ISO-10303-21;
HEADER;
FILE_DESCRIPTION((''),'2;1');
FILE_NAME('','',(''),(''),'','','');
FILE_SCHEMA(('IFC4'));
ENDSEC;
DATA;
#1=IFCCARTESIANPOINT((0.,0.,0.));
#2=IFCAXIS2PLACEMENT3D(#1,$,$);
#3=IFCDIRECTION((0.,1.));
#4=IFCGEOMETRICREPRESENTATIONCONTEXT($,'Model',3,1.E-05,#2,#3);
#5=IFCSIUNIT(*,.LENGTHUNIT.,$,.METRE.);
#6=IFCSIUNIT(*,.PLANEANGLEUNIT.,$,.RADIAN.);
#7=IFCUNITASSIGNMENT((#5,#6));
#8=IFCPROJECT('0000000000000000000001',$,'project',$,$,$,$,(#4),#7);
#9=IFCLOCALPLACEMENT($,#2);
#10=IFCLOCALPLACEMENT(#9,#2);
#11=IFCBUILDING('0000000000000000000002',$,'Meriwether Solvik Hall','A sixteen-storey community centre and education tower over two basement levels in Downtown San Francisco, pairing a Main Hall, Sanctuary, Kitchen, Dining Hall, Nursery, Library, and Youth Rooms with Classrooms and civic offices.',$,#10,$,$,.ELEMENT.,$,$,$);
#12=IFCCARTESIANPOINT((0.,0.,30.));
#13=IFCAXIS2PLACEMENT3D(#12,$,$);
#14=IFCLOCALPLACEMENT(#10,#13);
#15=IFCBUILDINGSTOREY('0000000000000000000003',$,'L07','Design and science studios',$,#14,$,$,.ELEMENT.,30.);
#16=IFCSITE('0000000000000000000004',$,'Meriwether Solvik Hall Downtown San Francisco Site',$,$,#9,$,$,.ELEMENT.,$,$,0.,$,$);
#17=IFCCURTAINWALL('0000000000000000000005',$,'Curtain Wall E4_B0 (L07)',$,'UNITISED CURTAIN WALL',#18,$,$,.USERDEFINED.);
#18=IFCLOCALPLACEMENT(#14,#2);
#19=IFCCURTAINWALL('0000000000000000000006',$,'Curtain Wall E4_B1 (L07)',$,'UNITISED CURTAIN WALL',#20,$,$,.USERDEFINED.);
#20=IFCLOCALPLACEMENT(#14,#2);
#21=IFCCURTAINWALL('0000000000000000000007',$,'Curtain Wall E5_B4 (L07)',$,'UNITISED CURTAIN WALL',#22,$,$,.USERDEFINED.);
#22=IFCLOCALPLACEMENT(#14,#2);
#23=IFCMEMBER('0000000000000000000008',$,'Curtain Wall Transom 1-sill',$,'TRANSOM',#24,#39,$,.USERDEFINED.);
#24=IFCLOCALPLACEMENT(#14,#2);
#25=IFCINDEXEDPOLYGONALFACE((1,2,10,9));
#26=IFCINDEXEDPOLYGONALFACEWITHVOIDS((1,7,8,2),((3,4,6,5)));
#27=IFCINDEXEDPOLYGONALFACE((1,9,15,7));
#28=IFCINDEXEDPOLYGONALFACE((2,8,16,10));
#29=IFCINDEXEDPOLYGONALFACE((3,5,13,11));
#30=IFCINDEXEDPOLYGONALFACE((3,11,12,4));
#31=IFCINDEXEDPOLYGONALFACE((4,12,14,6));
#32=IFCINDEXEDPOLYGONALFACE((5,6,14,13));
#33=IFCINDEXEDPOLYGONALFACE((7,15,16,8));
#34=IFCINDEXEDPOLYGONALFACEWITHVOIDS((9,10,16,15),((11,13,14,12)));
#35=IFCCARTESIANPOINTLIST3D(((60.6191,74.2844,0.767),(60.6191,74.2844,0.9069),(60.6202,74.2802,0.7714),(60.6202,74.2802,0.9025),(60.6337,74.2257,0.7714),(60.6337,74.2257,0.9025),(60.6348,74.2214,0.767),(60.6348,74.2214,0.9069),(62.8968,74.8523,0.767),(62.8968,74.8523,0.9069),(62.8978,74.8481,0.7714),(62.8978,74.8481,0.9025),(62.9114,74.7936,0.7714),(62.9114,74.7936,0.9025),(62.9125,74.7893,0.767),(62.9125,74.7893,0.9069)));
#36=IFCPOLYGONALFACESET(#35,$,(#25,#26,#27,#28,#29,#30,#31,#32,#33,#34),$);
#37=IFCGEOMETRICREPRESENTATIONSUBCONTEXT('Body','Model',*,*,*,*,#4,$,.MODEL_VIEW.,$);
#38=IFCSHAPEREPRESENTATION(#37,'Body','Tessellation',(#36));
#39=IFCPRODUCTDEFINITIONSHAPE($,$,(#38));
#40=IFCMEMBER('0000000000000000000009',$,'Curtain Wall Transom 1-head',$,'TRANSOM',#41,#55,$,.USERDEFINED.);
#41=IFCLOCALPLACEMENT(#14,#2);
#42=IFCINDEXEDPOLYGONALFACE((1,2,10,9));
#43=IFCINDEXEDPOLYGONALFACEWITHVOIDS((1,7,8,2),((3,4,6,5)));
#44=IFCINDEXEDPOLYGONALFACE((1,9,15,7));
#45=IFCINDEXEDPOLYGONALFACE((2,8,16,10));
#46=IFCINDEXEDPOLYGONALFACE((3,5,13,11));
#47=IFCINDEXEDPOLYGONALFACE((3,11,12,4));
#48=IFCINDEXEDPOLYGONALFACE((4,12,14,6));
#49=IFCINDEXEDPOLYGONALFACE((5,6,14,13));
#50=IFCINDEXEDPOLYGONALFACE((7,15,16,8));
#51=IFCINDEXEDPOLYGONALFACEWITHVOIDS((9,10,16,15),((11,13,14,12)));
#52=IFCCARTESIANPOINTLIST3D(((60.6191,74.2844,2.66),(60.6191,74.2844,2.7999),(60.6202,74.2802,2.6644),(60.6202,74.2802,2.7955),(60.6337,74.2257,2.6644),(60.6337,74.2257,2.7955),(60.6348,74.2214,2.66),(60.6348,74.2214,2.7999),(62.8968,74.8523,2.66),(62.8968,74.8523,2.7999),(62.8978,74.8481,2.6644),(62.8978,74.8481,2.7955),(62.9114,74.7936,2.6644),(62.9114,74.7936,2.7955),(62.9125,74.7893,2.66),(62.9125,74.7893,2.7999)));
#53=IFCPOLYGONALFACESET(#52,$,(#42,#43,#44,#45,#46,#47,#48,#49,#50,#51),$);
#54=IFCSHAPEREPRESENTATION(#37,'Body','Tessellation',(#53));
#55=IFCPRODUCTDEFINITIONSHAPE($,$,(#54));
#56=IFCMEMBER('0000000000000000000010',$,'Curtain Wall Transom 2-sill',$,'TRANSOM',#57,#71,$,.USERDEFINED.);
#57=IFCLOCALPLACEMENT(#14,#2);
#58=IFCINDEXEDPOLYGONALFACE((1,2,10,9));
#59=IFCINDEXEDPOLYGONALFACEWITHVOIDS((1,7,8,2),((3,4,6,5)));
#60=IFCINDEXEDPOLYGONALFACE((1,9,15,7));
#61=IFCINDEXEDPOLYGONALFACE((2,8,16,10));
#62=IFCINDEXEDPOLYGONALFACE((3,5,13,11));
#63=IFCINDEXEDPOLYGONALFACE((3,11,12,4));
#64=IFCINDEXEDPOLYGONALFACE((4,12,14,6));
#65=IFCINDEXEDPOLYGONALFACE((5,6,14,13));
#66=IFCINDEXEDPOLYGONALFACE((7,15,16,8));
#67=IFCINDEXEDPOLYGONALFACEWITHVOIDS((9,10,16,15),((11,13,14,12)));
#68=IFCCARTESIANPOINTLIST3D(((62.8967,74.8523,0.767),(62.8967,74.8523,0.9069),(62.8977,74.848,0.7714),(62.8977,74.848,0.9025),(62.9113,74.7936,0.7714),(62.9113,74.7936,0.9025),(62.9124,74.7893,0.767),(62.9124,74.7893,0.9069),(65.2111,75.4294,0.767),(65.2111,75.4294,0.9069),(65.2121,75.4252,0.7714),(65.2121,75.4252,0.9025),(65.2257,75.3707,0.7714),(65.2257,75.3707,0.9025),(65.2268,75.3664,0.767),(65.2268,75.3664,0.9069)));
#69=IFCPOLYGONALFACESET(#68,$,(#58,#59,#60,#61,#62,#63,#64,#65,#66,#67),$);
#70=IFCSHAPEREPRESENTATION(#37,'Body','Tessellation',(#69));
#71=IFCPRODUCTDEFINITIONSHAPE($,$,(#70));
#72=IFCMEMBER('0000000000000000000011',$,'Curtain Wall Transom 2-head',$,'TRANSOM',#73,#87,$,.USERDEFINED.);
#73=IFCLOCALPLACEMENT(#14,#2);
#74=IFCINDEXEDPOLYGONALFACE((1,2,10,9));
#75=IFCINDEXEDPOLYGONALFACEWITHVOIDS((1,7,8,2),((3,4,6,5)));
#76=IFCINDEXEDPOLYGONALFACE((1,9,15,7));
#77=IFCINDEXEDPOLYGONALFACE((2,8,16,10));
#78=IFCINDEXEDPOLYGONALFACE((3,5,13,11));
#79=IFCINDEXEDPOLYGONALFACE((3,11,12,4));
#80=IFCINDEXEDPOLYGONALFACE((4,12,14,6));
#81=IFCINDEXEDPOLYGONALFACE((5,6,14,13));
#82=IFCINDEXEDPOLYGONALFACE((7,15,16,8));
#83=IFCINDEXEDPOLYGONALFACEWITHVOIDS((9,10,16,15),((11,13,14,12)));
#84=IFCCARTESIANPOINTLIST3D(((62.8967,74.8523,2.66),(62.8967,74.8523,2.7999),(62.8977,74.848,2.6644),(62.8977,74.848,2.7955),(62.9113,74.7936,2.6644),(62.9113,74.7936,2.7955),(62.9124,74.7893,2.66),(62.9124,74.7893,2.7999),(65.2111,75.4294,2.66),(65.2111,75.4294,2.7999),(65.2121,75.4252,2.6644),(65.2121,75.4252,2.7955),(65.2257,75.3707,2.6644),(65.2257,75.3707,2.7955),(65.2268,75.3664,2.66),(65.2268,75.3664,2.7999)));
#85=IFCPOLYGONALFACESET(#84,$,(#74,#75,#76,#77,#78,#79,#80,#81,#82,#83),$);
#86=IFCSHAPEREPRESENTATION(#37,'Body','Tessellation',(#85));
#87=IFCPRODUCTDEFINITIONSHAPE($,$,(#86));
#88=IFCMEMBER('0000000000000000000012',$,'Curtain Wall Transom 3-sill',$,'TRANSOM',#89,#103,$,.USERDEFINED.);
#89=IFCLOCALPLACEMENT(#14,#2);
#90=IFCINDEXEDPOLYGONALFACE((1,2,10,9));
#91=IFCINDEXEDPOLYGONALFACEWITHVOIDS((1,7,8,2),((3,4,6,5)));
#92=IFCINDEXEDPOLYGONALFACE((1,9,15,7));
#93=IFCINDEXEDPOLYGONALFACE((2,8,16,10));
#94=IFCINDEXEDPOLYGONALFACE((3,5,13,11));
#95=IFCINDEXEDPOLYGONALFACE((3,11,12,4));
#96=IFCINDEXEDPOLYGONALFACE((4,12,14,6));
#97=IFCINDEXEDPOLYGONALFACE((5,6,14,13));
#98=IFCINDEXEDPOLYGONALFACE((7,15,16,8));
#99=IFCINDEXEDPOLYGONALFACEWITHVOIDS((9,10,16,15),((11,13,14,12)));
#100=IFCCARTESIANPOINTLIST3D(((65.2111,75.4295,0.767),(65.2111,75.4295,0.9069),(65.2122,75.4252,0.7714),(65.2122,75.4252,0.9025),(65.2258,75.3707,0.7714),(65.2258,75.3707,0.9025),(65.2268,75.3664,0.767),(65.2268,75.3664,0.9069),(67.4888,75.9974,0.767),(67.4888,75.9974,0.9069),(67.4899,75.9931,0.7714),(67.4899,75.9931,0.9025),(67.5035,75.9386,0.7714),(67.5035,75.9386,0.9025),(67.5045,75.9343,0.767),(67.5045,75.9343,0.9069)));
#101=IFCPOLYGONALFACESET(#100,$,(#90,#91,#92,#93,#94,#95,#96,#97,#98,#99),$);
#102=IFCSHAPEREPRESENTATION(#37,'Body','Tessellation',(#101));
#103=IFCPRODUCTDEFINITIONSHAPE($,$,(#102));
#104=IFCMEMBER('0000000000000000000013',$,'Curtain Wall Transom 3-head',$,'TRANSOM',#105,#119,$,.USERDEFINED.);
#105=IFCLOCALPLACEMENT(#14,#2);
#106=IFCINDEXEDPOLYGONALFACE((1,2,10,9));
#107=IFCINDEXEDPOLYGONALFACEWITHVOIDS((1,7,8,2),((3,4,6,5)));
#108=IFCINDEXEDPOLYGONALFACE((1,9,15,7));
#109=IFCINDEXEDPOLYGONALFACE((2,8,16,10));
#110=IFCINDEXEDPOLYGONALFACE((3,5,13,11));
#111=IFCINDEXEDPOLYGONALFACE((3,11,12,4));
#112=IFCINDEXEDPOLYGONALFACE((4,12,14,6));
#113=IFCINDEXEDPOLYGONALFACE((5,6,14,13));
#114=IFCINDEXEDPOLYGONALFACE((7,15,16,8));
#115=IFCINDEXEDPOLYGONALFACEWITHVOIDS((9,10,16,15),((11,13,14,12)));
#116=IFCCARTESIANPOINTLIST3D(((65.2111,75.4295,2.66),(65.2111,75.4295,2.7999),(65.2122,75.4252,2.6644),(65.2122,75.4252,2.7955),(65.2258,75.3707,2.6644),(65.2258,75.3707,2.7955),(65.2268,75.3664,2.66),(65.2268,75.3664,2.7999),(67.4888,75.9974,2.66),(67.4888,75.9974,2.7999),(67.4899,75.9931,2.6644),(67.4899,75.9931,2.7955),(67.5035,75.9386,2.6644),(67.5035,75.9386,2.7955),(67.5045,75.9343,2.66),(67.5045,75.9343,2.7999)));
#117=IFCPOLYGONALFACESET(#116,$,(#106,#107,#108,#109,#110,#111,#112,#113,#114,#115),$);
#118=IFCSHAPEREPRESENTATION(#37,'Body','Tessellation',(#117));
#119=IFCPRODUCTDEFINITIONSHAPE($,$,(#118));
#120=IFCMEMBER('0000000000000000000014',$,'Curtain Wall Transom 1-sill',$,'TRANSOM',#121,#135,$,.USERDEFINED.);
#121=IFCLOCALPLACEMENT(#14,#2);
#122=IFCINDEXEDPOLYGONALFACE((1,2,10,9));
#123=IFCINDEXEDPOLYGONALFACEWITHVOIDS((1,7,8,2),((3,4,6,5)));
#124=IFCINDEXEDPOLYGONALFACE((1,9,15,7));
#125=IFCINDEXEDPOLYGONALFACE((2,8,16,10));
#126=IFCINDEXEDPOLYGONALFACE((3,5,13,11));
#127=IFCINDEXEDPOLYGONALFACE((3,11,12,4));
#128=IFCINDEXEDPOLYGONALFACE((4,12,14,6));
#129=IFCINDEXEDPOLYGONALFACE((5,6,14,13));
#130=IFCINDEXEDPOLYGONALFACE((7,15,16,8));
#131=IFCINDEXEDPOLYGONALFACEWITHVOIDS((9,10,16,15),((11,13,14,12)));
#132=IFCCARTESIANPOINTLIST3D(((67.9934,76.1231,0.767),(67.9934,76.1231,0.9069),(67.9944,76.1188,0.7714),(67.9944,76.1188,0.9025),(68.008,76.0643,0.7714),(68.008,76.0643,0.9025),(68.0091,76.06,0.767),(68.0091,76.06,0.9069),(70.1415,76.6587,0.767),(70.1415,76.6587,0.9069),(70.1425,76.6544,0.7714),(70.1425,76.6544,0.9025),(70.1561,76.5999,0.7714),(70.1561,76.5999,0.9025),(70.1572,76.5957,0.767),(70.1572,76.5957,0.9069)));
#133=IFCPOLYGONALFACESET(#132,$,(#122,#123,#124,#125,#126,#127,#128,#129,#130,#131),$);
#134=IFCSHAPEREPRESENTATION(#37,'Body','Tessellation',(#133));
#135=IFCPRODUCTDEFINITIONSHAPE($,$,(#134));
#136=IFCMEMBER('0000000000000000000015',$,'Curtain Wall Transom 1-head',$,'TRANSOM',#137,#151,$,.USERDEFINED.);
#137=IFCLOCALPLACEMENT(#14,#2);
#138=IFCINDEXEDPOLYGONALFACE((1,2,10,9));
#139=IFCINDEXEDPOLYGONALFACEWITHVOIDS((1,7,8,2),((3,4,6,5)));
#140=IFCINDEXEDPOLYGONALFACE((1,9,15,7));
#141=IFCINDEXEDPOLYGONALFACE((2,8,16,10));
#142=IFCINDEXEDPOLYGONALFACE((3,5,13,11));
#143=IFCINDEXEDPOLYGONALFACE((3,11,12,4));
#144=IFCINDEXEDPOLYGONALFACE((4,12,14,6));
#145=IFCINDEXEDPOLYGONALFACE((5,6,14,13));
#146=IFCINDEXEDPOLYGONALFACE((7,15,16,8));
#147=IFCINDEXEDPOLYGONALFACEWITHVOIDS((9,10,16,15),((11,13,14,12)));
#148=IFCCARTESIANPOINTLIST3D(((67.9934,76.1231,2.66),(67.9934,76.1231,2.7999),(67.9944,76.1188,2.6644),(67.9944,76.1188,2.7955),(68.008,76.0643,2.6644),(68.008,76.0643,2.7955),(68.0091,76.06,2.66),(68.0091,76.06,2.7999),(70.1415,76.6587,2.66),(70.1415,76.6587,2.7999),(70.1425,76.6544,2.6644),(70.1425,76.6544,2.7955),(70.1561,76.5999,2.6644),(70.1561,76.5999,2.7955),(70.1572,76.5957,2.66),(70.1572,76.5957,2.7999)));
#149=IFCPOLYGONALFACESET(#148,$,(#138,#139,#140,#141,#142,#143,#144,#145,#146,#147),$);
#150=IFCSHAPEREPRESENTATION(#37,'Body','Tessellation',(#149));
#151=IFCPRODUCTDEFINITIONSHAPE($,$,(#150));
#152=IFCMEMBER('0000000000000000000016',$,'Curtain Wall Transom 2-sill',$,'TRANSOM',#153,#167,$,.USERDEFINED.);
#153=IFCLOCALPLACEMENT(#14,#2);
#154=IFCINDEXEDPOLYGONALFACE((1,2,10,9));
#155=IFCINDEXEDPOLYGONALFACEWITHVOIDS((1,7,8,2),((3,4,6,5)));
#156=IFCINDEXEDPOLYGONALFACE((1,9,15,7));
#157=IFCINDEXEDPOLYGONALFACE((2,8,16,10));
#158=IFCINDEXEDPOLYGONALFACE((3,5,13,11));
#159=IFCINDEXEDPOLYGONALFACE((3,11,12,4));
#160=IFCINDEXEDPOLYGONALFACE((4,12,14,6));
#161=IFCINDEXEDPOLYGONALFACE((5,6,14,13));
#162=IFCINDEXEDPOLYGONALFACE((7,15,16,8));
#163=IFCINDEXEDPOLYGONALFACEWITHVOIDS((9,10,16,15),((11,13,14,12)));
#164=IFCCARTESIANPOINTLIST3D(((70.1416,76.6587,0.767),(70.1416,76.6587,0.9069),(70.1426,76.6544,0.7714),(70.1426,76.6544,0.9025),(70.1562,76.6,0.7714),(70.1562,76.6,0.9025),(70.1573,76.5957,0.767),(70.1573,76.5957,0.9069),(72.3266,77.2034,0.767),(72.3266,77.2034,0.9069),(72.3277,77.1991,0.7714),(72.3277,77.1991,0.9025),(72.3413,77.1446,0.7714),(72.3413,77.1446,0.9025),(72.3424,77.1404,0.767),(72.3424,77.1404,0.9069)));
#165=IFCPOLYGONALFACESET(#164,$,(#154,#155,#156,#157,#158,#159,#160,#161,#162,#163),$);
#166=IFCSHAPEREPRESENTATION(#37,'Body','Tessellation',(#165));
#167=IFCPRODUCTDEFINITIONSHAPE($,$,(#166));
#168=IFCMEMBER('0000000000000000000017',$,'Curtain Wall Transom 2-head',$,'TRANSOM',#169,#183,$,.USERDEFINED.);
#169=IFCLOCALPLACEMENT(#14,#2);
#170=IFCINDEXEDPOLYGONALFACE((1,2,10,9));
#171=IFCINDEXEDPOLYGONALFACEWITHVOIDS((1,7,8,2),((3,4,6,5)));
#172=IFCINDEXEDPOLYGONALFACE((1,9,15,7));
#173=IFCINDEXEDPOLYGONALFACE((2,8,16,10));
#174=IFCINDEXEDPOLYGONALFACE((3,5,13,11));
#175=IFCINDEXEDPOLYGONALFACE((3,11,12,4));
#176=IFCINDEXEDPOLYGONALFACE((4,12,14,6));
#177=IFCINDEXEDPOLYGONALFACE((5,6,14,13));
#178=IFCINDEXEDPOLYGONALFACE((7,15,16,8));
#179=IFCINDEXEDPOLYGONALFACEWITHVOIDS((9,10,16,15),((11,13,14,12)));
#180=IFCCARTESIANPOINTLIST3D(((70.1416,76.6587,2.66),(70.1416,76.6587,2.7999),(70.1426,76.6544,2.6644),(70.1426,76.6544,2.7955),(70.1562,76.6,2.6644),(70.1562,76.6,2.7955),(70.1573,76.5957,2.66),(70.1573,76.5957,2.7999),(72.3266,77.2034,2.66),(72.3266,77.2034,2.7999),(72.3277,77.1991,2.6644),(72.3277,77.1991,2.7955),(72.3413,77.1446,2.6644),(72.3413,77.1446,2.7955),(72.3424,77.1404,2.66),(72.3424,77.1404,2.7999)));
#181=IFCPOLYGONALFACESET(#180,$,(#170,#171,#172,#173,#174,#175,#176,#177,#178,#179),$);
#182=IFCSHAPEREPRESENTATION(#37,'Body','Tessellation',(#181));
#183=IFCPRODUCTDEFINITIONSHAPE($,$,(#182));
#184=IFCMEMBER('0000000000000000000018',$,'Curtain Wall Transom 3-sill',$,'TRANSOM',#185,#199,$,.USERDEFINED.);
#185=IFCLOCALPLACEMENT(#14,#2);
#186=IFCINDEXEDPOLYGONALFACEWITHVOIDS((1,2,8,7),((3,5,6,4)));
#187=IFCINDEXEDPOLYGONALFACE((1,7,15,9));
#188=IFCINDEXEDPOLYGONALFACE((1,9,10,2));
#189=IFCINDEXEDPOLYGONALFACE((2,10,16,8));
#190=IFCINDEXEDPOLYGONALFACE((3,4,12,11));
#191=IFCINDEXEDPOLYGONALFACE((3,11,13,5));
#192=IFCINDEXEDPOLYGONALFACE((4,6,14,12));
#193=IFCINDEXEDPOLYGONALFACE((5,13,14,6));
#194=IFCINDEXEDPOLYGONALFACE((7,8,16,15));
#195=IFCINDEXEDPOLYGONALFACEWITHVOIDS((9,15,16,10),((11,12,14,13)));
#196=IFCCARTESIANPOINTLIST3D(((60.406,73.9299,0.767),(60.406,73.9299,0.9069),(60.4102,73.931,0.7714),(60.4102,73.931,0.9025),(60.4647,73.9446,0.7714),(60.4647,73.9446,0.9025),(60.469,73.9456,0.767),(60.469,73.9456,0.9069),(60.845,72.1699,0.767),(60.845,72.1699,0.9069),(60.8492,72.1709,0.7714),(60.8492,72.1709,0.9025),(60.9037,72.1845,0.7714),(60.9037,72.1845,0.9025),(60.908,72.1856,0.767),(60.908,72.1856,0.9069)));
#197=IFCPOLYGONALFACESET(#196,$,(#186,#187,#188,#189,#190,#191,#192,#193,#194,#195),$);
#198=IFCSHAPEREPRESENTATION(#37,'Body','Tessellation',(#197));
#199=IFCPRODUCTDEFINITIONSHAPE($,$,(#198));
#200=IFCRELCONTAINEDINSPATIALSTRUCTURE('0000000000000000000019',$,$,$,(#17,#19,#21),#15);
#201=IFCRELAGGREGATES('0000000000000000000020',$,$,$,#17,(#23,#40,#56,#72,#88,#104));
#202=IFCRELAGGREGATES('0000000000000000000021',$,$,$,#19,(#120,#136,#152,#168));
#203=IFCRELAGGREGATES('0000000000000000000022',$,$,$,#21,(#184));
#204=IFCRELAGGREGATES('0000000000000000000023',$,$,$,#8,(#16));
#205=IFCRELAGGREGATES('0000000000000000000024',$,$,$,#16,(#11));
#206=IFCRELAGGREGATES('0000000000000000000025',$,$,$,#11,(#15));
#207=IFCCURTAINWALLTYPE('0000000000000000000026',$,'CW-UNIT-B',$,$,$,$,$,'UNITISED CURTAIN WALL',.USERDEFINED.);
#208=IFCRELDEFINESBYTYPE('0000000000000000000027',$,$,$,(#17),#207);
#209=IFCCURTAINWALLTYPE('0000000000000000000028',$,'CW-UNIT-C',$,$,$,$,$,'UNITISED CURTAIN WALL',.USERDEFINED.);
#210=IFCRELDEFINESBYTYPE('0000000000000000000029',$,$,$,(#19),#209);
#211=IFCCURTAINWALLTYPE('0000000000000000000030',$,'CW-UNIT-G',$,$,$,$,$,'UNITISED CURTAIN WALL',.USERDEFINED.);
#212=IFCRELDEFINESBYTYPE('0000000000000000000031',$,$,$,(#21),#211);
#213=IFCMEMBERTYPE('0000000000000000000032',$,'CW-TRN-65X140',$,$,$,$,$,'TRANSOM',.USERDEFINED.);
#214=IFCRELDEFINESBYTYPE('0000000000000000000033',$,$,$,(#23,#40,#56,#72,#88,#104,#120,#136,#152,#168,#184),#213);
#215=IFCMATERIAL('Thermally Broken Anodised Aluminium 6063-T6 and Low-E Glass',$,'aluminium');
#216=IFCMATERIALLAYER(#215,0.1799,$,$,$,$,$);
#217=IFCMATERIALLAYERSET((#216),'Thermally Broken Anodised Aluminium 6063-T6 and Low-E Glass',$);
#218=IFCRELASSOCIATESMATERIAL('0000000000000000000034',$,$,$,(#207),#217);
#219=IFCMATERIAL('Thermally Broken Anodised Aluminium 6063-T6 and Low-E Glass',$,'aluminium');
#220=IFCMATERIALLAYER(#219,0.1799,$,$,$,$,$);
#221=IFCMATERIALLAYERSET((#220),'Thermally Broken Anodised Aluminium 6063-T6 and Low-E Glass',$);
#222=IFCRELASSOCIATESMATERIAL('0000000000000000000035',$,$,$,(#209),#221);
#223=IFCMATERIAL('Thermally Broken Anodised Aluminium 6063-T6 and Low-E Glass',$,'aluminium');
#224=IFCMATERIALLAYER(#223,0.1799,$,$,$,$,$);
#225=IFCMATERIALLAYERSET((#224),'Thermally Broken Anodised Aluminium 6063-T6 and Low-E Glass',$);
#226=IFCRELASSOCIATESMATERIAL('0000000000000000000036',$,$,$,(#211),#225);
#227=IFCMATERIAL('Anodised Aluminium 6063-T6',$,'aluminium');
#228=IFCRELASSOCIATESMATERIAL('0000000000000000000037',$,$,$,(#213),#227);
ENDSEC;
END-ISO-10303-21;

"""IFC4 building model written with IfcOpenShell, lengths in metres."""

from ifc_helpers import new_model, si_unit, direction, frame, origin, origin_2d, place, context, subcontext, project, spatial, hollow_rectangle, extrude, material, layer, layer_set, material_profile, profile_set, type_object, element, aggregate, save


model = new_model("IFC4")

# Units and contexts
model_context = context("Model", 3, precision=1e-05, world=origin(), true_north=direction((0.0, 1.0)))
body_context = subcontext(model_context, "Body", "Model", "MODEL_VIEW")
ifc_project = project(units=[si_unit("LENGTHUNIT", "METRE"), si_unit("PLANEANGLEUNIT", "RADIAN")], contexts=[model_context])

# Site, building, storey
site_placement = place(None, origin())
site = spatial("IfcSite", under=ifc_project, at=site_placement, Name="Meriwether Solvik Hall Downtown San Francisco Site", CompositionType="ELEMENT", RefElevation=0.0)
building_placement = place(site_placement, origin())
building = spatial("IfcBuilding", under=site, at=building_placement, Name="Meriwether Solvik Hall", Description="A sixteen-storey community centre and education tower over two basement levels in Downtown San Francisco, pairing a Main Hall, Sanctuary, Kitchen, Dining Hall, Nursery, Library, and Youth Rooms with Classrooms and civic offices.", CompositionType="ELEMENT")
storey_placement = place(building_placement, frame((0.0, 0.0, 30.0)))
storey = spatial("IfcBuildingStorey", under=building, at=storey_placement, Name="L07", Description="Design and science studios", CompositionType="ELEMENT", Elevation=30.0)

# Curtain walls
ifc_material_1 = material(Name="Thermally Broken Anodised Aluminium 6063-T6 and Low-E Glass", Category="aluminium")
ifc_layer_1 = layer(ifc_material_1, 0.1799)
ifc_layer_set_1 = layer_set([ifc_layer_1], Name="Thermally Broken Anodised Aluminium 6063-T6 and Low-E Glass")
curtain_wall_type_1 = type_object("IfcCurtainWallType", Name="CW-UNIT-B", ElementType="UNITISED CURTAIN WALL", PredefinedType="USERDEFINED", material=ifc_layer_set_1)
curtain_wall_1_placement = place(storey_placement, origin())
curtain_wall_1 = element("IfcCurtainWall", 1, at=curtain_wall_1_placement, inside=storey, type_object=curtain_wall_type_1, Name="Curtain Wall E4_B0 (L07)", ObjectType="UNITISED CURTAIN WALL", PredefinedType="USERDEFINED")
ifc_material_2 = material(Name="Thermally Broken Anodised Aluminium 6063-T6 and Low-E Glass", Category="aluminium")
ifc_layer_2 = layer(ifc_material_2, 0.1799)
ifc_layer_set_2 = layer_set([ifc_layer_2], Name="Thermally Broken Anodised Aluminium 6063-T6 and Low-E Glass")
curtain_wall_type_2 = type_object("IfcCurtainWallType", Name="CW-UNIT-C", ElementType="UNITISED CURTAIN WALL", PredefinedType="USERDEFINED", material=ifc_layer_set_2)
curtain_wall_2_placement = place(storey_placement, origin())
curtain_wall_2 = element("IfcCurtainWall", 2, at=curtain_wall_2_placement, inside=storey, type_object=curtain_wall_type_2, Name="Curtain Wall E4_B1 (L07)", ObjectType="UNITISED CURTAIN WALL", PredefinedType="USERDEFINED")
ifc_material_3 = material(Name="Thermally Broken Anodised Aluminium 6063-T6 and Low-E Glass", Category="aluminium")
ifc_layer_3 = layer(ifc_material_3, 0.1799)
ifc_layer_set_3 = layer_set([ifc_layer_3], Name="Thermally Broken Anodised Aluminium 6063-T6 and Low-E Glass")
curtain_wall_type_3 = type_object("IfcCurtainWallType", Name="CW-UNIT-G", ElementType="UNITISED CURTAIN WALL", PredefinedType="USERDEFINED", material=ifc_layer_set_3)
curtain_wall_3_placement = place(storey_placement, origin())
curtain_wall_3 = element("IfcCurtainWall", 3, at=curtain_wall_3_placement, inside=storey, type_object=curtain_wall_type_3, Name="Curtain Wall E5_B4 (L07)", ObjectType="UNITISED CURTAIN WALL", PredefinedType="USERDEFINED")

# Members
ifc_material_4 = material(Name="Anodised Aluminium 6063-T6", Category="aluminium")
ifc_material_profile_1 = material_profile(ifc_material_4, hollow_rectangle(XDim=0.0649, YDim=0.1399, WallThickness=0.0044, at=origin_2d()), Name="CWT-65X140")
ifc_profile_set_1 = profile_set([ifc_material_profile_1], Name="Anodised Aluminium 6063-T6")
member_type_1 = type_object("IfcMemberType", Name="CW-TRN-65X140", ElementType="TRANSOM", PredefinedType="USERDEFINED", material=ifc_profile_set_1)
member_1_placement = place(storey_placement, frame((60.627, 74.2529, 0.8369), z_axis=(0.970295, 0.241924, 0.0), x_axis=(-0.241924, 0.970295, 0.0)))
member_1 = element("IfcMember", 4, at=member_1_placement, type_object=member_type_1, Name="Curtain Wall Transom 1-sill", ObjectType="TRANSOM", PredefinedType="USERDEFINED", context=body_context, shape_type="SweptSolid", body=[
    extrude(hollow_rectangle(XDim=0.0649, YDim=0.1399, WallThickness=0.0044, at=origin_2d()), origin(), (0.0, 0.0, 1.0), 2.3474),
])
member_2_placement = place(storey_placement, frame((60.627, 74.2529, 2.73), z_axis=(0.970295, 0.241924, 0.0), x_axis=(-0.241924, 0.970295, 0.0)))
member_2 = element("IfcMember", 5, at=member_2_placement, type_object=member_type_1, Name="Curtain Wall Transom 1-head", ObjectType="TRANSOM", PredefinedType="USERDEFINED", context=body_context, shape_type="SweptSolid", body=[
    extrude(hollow_rectangle(XDim=0.0649, YDim=0.1399, WallThickness=0.0044, at=origin_2d()), origin(), (0.0, 0.0, 1.0), 2.3474),
])
member_3_placement = place(storey_placement, frame((62.9045, 74.8208, 0.8369), z_axis=(0.970287, 0.241958, 0.0), x_axis=(-0.241958, 0.970287, 0.0)))
member_3 = element("IfcMember", 6, at=member_3_placement, type_object=member_type_1, Name="Curtain Wall Transom 2-sill", ObjectType="TRANSOM", PredefinedType="USERDEFINED", context=body_context, shape_type="SweptSolid", body=[
    extrude(hollow_rectangle(XDim=0.0649, YDim=0.1399, WallThickness=0.0044, at=origin_2d()), origin(), (0.0, 0.0, 1.0), 2.3853),
])
member_4_placement = place(storey_placement, frame((62.9045, 74.8208, 2.73), z_axis=(0.970287, 0.241958, 0.0), x_axis=(-0.241958, 0.970287, 0.0)))
member_4 = element("IfcMember", 7, at=member_4_placement, type_object=member_type_1, Name="Curtain Wall Transom 2-head", ObjectType="TRANSOM", PredefinedType="USERDEFINED", context=body_context, shape_type="SweptSolid", body=[
    extrude(hollow_rectangle(XDim=0.0649, YDim=0.1399, WallThickness=0.0044, at=origin_2d()), origin(), (0.0, 0.0, 1.0), 2.3853),
])
member_5_placement = place(storey_placement, frame((65.219, 75.3979, 0.8369), z_axis=(0.970295, 0.241924, 0.0), x_axis=(-0.241924, 0.970295, 0.0)))
member_5 = element("IfcMember", 8, at=member_5_placement, type_object=member_type_1, Name="Curtain Wall Transom 3-sill", ObjectType="TRANSOM", PredefinedType="USERDEFINED", context=body_context, shape_type="SweptSolid", body=[
    extrude(hollow_rectangle(XDim=0.0649, YDim=0.1399, WallThickness=0.0044, at=origin_2d()), origin(), (0.0, 0.0, 1.0), 2.3474),
])
member_6_placement = place(storey_placement, frame((65.219, 75.3979, 2.73), z_axis=(0.970295, 0.241924, 0.0), x_axis=(-0.241924, 0.970295, 0.0)))
member_6 = element("IfcMember", 9, at=member_6_placement, type_object=member_type_1, Name="Curtain Wall Transom 3-head", ObjectType="TRANSOM", PredefinedType="USERDEFINED", context=body_context, shape_type="SweptSolid", body=[
    extrude(hollow_rectangle(XDim=0.0649, YDim=0.1399, WallThickness=0.0044, at=origin_2d()), origin(), (0.0, 0.0, 1.0), 2.3474),
])
member_7_placement = place(storey_placement, frame((68.0012, 76.0916, 0.8369), z_axis=(0.970292, 0.241939, 0.0), x_axis=(-0.241939, 0.970292, 0.0)))
member_7 = element("IfcMember", 10, at=member_7_placement, type_object=member_type_1, Name="Curtain Wall Transom 1-sill", ObjectType="TRANSOM", PredefinedType="USERDEFINED", context=body_context, shape_type="SweptSolid", body=[
    extrude(hollow_rectangle(XDim=0.0649, YDim=0.1399, WallThickness=0.0044, at=origin_2d()), origin(), (0.0, 0.0, 1.0), 2.2139),
])
member_8_placement = place(storey_placement, frame((68.0012, 76.0916, 2.73), z_axis=(0.970292, 0.241939, 0.0), x_axis=(-0.241939, 0.970292, 0.0)))
member_8 = element("IfcMember", 11, at=member_8_placement, type_object=member_type_1, Name="Curtain Wall Transom 1-head", ObjectType="TRANSOM", PredefinedType="USERDEFINED", context=body_context, shape_type="SweptSolid", body=[
    extrude(hollow_rectangle(XDim=0.0649, YDim=0.1399, WallThickness=0.0044, at=origin_2d()), origin(), (0.0, 0.0, 1.0), 2.2139),
])
member_9_placement = place(storey_placement, frame((70.1494, 76.6272, 0.8369), z_axis=(0.970308, 0.241872, 0.0), x_axis=(-0.241872, 0.970308, 0.0)))
member_9 = element("IfcMember", 12, at=member_9_placement, type_object=member_type_1, Name="Curtain Wall Transom 2-sill", ObjectType="TRANSOM", PredefinedType="USERDEFINED", context=body_context, shape_type="SweptSolid", body=[
    extrude(hollow_rectangle(XDim=0.0649, YDim=0.1399, WallThickness=0.0044, at=origin_2d()), origin(), (0.0, 0.0, 1.0), 2.252),
])
member_10_placement = place(storey_placement, frame((70.1494, 76.6272, 2.73), z_axis=(0.970308, 0.241872, 0.0), x_axis=(-0.241872, 0.970308, 0.0)))
member_10 = element("IfcMember", 13, at=member_10_placement, type_object=member_type_1, Name="Curtain Wall Transom 2-head", ObjectType="TRANSOM", PredefinedType="USERDEFINED", context=body_context, shape_type="SweptSolid", body=[
    extrude(hollow_rectangle(XDim=0.0649, YDim=0.1399, WallThickness=0.0044, at=origin_2d()), origin(), (0.0, 0.0, 1.0), 2.252),
])
member_11_placement = place(storey_placement, frame((60.8765, 72.1777, 0.8369), z_axis=(-0.241997, 0.970277, 0.0), x_axis=(-0.970277, -0.241997, 0.0)))
member_11 = element("IfcMember", 14, at=member_11_placement, type_object=member_type_1, Name="Curtain Wall Transom 3-sill", ObjectType="TRANSOM", PredefinedType="USERDEFINED", context=body_context, shape_type="SweptSolid", body=[
    extrude(hollow_rectangle(XDim=0.0649, YDim=0.1399, WallThickness=0.0044, at=origin_2d()), origin(), (0.0, 0.0, 1.0), 1.814),
])

aggregate(curtain_wall_1, [member_1, member_2, member_3, member_4, member_5, member_6])
aggregate(curtain_wall_2, [member_7, member_8, member_9, member_10])
aggregate(curtain_wall_3, [member_11])

save(model, "model.ifc")
